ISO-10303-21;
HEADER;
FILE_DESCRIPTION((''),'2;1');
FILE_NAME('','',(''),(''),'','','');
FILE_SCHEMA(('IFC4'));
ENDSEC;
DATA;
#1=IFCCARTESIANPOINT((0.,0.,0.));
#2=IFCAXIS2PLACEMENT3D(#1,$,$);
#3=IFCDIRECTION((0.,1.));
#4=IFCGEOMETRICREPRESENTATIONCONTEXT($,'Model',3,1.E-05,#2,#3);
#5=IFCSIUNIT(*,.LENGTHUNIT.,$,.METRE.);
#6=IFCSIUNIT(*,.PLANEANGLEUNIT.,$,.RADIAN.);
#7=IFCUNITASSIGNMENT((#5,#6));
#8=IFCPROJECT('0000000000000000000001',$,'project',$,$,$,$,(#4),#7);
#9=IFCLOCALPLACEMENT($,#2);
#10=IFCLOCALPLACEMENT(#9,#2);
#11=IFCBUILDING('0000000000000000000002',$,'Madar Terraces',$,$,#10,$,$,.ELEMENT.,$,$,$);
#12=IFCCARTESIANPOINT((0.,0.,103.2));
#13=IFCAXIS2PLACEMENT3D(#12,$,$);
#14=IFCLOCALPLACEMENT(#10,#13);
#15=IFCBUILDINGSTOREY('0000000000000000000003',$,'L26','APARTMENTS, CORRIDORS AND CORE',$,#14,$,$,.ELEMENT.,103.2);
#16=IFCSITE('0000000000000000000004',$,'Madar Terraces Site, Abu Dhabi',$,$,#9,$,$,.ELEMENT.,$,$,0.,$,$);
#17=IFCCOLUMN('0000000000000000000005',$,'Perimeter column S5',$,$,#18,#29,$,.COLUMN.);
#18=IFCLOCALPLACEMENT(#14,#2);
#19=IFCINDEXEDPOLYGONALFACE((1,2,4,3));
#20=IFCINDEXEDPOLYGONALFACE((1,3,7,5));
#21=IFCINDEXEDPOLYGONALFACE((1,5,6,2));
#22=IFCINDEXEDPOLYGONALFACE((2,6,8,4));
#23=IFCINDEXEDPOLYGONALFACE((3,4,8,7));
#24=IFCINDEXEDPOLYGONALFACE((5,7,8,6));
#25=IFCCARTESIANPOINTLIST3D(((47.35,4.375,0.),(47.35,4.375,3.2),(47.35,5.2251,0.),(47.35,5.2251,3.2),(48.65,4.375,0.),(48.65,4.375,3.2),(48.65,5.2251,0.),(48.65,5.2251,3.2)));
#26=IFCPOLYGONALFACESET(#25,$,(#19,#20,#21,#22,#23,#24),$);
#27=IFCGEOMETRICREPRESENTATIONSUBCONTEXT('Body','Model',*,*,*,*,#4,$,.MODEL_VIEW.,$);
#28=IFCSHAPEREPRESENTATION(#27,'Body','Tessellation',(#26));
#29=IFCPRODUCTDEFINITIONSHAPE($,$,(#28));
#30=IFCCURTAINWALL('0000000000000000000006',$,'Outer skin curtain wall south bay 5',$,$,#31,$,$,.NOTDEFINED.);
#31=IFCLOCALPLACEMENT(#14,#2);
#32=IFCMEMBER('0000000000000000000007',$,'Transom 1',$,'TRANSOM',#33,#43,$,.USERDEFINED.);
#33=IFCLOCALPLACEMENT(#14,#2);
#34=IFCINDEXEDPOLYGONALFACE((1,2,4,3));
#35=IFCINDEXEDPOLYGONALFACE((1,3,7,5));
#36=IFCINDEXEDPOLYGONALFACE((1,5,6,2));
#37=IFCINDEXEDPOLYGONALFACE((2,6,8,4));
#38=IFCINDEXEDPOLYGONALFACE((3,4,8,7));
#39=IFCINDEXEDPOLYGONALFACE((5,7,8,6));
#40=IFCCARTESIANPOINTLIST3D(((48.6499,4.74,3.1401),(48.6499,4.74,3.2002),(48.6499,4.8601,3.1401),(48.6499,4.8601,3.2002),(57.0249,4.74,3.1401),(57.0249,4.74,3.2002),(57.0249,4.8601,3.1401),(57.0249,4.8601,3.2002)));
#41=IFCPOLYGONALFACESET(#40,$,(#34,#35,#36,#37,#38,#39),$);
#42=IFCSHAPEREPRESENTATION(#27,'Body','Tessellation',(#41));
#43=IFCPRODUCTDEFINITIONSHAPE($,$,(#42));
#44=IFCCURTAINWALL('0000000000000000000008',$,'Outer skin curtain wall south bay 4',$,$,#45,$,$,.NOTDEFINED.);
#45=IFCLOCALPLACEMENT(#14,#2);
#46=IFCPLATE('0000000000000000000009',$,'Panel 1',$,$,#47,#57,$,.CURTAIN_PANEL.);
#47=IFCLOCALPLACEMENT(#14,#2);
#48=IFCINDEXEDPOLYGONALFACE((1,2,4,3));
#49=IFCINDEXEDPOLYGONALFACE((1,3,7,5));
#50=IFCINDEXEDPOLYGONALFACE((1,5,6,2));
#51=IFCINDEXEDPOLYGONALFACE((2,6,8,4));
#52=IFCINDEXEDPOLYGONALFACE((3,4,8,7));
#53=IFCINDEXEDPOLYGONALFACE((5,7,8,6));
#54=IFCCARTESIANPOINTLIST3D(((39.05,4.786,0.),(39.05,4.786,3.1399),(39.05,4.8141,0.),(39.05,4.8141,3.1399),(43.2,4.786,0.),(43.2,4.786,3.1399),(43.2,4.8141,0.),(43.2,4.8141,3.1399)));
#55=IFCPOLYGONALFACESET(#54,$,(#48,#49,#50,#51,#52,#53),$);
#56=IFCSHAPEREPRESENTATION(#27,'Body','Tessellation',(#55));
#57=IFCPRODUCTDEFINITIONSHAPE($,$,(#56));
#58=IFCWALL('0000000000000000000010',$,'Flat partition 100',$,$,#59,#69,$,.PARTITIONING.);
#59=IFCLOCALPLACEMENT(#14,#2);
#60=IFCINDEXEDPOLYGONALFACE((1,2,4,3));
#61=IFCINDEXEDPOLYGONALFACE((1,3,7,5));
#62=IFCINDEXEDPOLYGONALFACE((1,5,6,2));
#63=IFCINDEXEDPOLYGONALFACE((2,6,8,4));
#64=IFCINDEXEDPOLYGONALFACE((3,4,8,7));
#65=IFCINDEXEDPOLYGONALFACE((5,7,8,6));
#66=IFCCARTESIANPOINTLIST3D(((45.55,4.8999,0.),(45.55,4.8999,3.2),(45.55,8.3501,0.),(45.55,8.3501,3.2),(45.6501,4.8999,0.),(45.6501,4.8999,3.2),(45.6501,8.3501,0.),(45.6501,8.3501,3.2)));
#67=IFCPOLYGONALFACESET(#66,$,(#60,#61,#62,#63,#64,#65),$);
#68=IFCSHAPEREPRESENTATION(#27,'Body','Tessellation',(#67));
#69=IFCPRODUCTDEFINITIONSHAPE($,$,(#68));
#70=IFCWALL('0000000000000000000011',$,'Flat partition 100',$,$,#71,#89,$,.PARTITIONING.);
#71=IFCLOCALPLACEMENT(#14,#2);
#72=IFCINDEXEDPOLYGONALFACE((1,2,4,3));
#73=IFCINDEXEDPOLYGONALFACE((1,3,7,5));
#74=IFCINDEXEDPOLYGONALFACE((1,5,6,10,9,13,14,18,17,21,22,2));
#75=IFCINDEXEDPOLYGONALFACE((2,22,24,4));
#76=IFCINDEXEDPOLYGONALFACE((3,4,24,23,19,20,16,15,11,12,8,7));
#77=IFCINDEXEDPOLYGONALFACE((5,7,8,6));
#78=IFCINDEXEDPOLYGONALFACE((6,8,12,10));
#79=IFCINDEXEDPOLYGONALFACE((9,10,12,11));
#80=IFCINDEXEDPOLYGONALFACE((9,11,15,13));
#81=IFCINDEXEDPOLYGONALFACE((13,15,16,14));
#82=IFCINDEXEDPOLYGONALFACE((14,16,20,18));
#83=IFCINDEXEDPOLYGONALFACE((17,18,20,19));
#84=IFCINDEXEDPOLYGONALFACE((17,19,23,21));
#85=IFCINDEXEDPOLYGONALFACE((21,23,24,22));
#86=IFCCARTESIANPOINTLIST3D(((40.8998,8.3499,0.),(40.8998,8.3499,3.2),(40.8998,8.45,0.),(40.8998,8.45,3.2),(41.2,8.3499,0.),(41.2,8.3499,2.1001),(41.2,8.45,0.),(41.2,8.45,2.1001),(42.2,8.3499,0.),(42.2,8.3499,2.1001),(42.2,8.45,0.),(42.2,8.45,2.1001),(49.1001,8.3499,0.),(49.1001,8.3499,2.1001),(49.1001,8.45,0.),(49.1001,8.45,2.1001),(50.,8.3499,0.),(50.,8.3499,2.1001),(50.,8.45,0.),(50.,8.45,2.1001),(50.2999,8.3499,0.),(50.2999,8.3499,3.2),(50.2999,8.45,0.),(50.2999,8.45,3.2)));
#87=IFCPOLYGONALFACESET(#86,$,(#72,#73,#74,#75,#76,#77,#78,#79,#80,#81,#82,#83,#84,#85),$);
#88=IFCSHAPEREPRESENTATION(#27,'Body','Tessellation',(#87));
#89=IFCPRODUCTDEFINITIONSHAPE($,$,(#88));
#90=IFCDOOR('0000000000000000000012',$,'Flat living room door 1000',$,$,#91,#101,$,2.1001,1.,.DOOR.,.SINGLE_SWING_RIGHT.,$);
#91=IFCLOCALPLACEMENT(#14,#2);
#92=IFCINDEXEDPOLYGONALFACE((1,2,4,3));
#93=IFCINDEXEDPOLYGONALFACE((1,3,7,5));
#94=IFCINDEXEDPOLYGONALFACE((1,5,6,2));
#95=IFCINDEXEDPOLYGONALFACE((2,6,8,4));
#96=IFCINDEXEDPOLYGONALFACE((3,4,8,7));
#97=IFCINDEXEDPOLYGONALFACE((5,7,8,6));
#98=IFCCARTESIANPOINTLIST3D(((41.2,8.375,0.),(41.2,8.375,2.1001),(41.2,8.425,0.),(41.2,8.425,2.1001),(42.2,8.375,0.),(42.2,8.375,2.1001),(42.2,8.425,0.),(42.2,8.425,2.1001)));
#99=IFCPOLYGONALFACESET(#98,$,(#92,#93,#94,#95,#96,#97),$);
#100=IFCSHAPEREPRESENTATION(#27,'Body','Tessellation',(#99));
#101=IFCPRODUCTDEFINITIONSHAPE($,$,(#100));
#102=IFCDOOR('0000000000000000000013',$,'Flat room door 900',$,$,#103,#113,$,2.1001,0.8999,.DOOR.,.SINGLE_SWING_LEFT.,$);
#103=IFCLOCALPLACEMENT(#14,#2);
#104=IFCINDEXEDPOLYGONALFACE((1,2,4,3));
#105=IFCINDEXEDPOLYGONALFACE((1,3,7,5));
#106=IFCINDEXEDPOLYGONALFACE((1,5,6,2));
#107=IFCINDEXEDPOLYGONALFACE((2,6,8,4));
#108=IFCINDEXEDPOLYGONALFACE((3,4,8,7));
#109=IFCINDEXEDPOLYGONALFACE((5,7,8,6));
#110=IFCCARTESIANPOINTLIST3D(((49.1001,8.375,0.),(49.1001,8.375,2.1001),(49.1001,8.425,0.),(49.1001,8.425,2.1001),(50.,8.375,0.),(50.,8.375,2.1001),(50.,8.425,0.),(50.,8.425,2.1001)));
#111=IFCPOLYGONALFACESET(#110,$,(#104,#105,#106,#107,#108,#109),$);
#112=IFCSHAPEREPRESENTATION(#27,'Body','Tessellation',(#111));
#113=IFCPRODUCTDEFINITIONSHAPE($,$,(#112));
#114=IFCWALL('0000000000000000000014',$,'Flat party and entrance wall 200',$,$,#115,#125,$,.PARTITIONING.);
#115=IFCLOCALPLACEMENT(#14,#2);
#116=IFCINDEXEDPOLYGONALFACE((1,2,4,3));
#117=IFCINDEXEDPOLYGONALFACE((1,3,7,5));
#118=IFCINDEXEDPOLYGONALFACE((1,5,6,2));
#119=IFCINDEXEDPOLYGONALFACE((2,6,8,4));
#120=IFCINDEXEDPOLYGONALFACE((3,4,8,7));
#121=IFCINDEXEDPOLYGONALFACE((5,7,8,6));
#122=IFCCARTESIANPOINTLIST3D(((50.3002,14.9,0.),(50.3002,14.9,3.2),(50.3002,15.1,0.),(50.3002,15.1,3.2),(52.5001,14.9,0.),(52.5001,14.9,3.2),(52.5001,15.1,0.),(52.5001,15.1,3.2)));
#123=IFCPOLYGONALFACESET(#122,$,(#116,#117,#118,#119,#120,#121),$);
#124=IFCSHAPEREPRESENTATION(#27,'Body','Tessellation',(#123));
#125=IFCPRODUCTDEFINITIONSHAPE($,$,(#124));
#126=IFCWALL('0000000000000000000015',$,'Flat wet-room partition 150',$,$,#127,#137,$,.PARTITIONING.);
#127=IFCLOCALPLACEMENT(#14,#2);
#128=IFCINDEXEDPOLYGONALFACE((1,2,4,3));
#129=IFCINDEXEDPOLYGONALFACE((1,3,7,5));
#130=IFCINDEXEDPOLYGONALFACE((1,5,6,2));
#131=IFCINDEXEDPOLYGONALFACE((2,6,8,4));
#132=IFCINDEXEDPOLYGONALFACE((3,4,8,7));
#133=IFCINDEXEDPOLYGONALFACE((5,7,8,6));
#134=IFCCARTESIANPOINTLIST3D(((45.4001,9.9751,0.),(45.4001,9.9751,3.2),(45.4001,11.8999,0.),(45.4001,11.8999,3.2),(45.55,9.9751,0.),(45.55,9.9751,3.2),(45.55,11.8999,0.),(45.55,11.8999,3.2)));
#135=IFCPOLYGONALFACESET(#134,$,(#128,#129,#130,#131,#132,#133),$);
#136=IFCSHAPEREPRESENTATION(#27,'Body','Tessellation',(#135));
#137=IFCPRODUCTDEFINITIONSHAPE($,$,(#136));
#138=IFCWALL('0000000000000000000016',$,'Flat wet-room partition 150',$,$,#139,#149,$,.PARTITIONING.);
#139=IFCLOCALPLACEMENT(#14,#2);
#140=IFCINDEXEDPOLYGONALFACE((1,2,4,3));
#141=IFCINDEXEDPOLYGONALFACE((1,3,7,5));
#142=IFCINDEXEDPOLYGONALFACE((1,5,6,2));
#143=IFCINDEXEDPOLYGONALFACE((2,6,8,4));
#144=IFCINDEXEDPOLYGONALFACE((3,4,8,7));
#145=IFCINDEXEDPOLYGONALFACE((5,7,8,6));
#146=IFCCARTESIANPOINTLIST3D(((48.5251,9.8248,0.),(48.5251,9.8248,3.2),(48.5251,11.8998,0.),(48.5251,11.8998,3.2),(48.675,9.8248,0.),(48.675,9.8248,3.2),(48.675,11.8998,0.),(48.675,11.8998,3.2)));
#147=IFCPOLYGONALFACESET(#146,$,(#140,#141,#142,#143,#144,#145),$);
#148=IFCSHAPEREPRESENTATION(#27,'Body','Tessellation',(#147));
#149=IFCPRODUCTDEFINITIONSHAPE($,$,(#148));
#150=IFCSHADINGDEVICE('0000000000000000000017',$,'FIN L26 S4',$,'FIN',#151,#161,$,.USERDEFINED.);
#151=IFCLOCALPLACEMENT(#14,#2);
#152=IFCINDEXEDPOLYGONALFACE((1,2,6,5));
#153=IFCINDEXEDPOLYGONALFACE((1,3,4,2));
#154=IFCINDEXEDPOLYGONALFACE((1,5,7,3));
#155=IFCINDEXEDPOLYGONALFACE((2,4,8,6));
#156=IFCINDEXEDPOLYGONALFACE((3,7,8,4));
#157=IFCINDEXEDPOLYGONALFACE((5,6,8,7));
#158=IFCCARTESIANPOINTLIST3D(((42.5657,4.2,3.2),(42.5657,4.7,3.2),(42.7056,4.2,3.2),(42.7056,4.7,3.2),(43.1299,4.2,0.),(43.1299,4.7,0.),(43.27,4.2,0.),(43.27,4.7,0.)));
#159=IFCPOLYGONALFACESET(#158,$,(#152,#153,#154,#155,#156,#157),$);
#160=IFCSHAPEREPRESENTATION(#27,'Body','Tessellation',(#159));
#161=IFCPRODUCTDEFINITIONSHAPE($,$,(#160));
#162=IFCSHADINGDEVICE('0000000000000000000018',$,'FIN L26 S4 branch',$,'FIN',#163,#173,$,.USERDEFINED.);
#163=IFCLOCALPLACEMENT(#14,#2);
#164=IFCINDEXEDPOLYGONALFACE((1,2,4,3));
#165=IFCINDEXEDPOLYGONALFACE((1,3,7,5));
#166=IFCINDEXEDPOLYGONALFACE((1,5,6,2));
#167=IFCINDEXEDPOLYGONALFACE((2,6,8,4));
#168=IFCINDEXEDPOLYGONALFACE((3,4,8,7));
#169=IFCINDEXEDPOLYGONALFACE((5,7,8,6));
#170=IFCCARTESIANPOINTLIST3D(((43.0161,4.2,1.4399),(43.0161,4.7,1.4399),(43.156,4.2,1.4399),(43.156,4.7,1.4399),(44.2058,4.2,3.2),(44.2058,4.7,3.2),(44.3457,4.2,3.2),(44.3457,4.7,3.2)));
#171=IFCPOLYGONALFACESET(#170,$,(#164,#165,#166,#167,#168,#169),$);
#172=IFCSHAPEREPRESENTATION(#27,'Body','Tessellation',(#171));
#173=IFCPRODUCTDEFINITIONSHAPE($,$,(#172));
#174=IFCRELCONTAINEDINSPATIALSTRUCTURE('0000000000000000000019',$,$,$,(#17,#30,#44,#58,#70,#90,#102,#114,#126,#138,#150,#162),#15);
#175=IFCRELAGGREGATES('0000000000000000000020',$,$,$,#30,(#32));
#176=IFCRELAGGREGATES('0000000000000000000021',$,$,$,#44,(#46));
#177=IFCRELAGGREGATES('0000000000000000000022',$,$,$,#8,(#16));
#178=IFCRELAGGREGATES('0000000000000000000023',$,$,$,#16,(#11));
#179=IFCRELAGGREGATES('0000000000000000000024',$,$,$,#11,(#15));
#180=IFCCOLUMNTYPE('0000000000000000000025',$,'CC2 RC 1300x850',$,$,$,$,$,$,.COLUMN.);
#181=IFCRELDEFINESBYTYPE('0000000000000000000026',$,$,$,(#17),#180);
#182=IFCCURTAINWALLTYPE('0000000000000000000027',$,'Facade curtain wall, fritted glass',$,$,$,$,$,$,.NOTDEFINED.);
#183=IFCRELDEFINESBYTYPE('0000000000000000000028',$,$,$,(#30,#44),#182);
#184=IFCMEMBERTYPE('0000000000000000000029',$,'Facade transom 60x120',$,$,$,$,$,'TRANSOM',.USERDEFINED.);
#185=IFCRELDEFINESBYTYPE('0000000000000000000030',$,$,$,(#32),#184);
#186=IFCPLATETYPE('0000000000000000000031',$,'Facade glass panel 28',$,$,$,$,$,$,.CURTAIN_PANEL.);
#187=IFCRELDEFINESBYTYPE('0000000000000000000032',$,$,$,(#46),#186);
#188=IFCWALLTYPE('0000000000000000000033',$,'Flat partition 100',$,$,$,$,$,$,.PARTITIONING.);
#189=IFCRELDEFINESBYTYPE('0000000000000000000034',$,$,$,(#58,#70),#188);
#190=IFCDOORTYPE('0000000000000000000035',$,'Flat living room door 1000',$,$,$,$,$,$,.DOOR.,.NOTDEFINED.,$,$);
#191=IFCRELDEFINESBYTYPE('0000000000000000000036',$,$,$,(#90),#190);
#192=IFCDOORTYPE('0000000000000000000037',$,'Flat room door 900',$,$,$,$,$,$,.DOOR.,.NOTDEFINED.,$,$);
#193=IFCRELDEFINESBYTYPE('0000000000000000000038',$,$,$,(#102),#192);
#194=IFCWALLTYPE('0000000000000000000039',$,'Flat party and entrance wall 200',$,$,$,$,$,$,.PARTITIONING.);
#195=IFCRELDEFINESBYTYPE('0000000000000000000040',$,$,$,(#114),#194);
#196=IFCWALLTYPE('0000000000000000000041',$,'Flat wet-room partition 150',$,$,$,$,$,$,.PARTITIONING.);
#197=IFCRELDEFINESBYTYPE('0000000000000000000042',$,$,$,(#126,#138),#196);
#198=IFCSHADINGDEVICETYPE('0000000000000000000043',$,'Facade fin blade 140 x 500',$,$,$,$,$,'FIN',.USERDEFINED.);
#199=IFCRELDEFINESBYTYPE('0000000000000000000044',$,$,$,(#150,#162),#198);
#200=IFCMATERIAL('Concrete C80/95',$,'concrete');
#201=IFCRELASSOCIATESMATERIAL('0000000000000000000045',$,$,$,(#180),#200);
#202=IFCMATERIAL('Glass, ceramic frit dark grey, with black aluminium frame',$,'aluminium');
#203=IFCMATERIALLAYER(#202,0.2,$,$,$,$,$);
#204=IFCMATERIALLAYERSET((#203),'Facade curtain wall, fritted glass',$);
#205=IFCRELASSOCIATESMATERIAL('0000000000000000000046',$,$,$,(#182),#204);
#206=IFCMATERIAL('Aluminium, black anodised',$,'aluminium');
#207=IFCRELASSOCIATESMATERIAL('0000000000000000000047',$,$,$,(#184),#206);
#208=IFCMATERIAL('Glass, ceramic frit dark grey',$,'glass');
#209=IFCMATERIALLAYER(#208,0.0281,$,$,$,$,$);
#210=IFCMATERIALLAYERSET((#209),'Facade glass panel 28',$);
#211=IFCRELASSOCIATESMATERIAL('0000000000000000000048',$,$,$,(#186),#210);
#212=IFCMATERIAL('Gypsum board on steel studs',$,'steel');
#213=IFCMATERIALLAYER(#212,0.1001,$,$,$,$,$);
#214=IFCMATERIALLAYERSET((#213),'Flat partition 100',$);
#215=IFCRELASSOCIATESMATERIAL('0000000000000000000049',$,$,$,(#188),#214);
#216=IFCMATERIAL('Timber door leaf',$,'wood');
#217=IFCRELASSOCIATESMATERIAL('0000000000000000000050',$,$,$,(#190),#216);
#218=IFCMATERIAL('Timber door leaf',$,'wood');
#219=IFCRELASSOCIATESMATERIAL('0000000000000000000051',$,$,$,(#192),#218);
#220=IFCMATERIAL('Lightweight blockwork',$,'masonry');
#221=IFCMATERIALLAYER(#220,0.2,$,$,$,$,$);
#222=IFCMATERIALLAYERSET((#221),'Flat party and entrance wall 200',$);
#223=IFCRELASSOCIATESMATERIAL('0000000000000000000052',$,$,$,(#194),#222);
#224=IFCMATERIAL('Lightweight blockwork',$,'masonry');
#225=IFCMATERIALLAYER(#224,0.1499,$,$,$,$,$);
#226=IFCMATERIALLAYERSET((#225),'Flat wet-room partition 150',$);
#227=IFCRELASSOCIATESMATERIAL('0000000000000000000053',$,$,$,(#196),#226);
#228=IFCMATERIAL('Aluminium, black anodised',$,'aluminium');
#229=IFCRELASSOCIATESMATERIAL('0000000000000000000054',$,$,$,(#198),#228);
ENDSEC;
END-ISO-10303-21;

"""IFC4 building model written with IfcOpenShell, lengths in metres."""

from ifc_helpers import new_model, si_unit, direction, frame, frame_2d, origin, origin_2d, place, context, subcontext, project, spatial, polyline, rectangle, outline, extrude, material, layer, layer_set, material_profile, profile_set, type_object, element, fill, aggregate, save


model = new_model("IFC4")

# Units and contexts
model_context = context("Model", 3, precision=1e-05, world=origin(), true_north=direction((0.0, 1.0)))
body_context = subcontext(model_context, "Body", "Model", "MODEL_VIEW")
ifc_project = project(units=[si_unit("LENGTHUNIT", "METRE"), si_unit("PLANEANGLEUNIT", "RADIAN")], contexts=[model_context])

# Site, building, storey
site_placement = place(None, origin())
site = spatial("IfcSite", under=ifc_project, at=site_placement, Name="Madar Terraces Site, Abu Dhabi", CompositionType="ELEMENT", RefElevation=0.0)
building_placement = place(site_placement, origin())
building = spatial("IfcBuilding", under=site, at=building_placement, Name="Madar Terraces", CompositionType="ELEMENT")
storey_placement = place(building_placement, frame((0.0, 0.0, 103.2)))
storey = spatial("IfcBuildingStorey", under=building, at=storey_placement, Name="L26", Description="APARTMENTS, CORRIDORS AND CORE", CompositionType="ELEMENT", Elevation=103.2)

# Column
ifc_material_1 = material(Name="Concrete C80/95", Category="concrete")
ifc_material_profile_1 = material_profile(ifc_material_1, rectangle(XDim=1.3, YDim=0.8501, at=origin_2d()), Name="CC2 RC 1300x850")
ifc_profile_set_1 = profile_set([ifc_material_profile_1], Name="Concrete C80/95")
column_type = type_object("IfcColumnType", Name="CC2 RC 1300x850", PredefinedType="COLUMN", material=ifc_profile_set_1)
column_placement = place(storey_placement, frame((48.0, 4.8, 0.0), z_axis=(0.0, 0.0, 1.0), x_axis=(1.0, 0.0, 0.0)))
element("IfcColumn", 1, at=column_placement, inside=storey, type_object=column_type, Name="Perimeter column S5", PredefinedType="COLUMN", context=body_context, shape_type="SweptSolid", body=[
    extrude(rectangle(XDim=1.3, YDim=0.8501, at=origin_2d()), origin(), (0.0, 0.0, 1.0), 3.2),
])

# Curtain wall, member
ifc_material_2 = material(Name="Glass, ceramic frit dark grey, with black aluminium frame", Category="aluminium")
ifc_layer_1 = layer(ifc_material_2, 0.2)
ifc_layer_set_1 = layer_set([ifc_layer_1], Name="Facade curtain wall, fritted glass")
curtain_wall_type = type_object("IfcCurtainWallType", Name="Facade curtain wall, fritted glass", PredefinedType="NOTDEFINED", material=ifc_layer_set_1)
curtain_wall_1_placement = place(storey_placement, origin())
curtain_wall_1 = element("IfcCurtainWall", 2, at=curtain_wall_1_placement, inside=storey, type_object=curtain_wall_type, Name="Outer skin curtain wall south bay 5", PredefinedType="NOTDEFINED")
ifc_material_3 = material(Name="Aluminium, black anodised", Category="aluminium")
ifc_material_profile_2 = material_profile(ifc_material_3, rectangle(XDim=0.1201, YDim=0.0601, at=origin_2d()), Name="Facade transom 60x120")
ifc_profile_set_2 = profile_set([ifc_material_profile_2], Name="Aluminium, black anodised")
member_type = type_object("IfcMemberType", Name="Facade transom 60x120", ElementType="TRANSOM", PredefinedType="USERDEFINED", material=ifc_profile_set_2)
member_placement = place(storey_placement, frame((48.6499, 4.8, 3.1702), z_axis=(1.0, 0.0, 0.0), x_axis=(0.0, 1.0, 0.0)))
member = element("IfcMember", 3, at=member_placement, type_object=member_type, Name="Transom 1", ObjectType="TRANSOM", PredefinedType="USERDEFINED", context=body_context, shape_type="SweptSolid", body=[
    extrude(rectangle(XDim=0.1201, YDim=0.0601, at=origin_2d()), origin(), (0.0, 0.0, 1.0), 8.375),
])
aggregate(curtain_wall_1, [member])

# Curtain wall, plate
curtain_wall_2_placement = place(storey_placement, origin())
curtain_wall_2 = element("IfcCurtainWall", 4, at=curtain_wall_2_placement, inside=storey, type_object=curtain_wall_type, Name="Outer skin curtain wall south bay 4", PredefinedType="NOTDEFINED")
ifc_material_4 = material(Name="Glass, ceramic frit dark grey", Category="glass")
ifc_layer_2 = layer(ifc_material_4, 0.0281)
ifc_layer_set_2 = layer_set([ifc_layer_2], Name="Facade glass panel 28")
plate_type = type_object("IfcPlateType", Name="Facade glass panel 28", PredefinedType="CURTAIN_PANEL", material=ifc_layer_set_2)
plate_placement = place(storey_placement, frame((41.125, 4.8, 0.0), z_axis=(0.0, 0.0, 1.0), x_axis=(1.0, 0.0, 0.0)))
plate = element("IfcPlate", 5, at=plate_placement, type_object=plate_type, Name="Panel 1", PredefinedType="CURTAIN_PANEL", context=body_context, shape_type="SweptSolid", body=[
    extrude(rectangle(XDim=4.1499, YDim=0.0281, at=origin_2d()), origin(), (0.0, 0.0, 1.0), 3.1399),
])
aggregate(curtain_wall_2, [plate])

# Wall
ifc_material_5 = material(Name="Gypsum board on steel studs", Category="steel")
ifc_layer_3 = layer(ifc_material_5, 0.1001)
ifc_layer_set_3 = layer_set([ifc_layer_3], Name="Flat partition 100")
wall_type_1 = type_object("IfcWallType", Name="Flat partition 100", PredefinedType="PARTITIONING", material=ifc_layer_set_3)
wall_1_placement = place(storey_placement, frame((45.6001, 8.3501, 0.0), z_axis=(0.0, 0.0, 1.0), x_axis=(0.0, -1.0, 0.0)))
element("IfcWall", 6, at=wall_1_placement, inside=storey, type_object=wall_type_1, Name="Flat partition 100", PredefinedType="PARTITIONING", context=body_context, shape_type="SweptSolid", body=[
    extrude(rectangle(XDim=3.4502, YDim=0.1001, at=frame_2d((1.7251, 0.0))), origin(), (0.0, 0.0, 1.0), 3.2),
])

# Wall, openings, doors
wall_2_placement = place(storey_placement, frame((50.3, 8.3999, 0.0), z_axis=(0.0, 0.0, 1.0), x_axis=(-1.0, 0.0, 0.0)))
wall_2 = element("IfcWall", 7, at=wall_2_placement, inside=storey, type_object=wall_type_1, Name="Flat partition 100", PredefinedType="PARTITIONING", context=body_context, shape_type="SweptSolid", body=[
    extrude(rectangle(XDim=9.4001, YDim=0.1001, at=frame_2d((4.7002, 0.0))), origin(), (0.0, 0.0, 1.0), 3.2),
])
opening_1_placement = place(wall_2_placement, frame((0.3, 0.0, 0.0)))
opening_1 = element("IfcOpeningElement", 8, at=opening_1_placement, cuts=wall_2, PredefinedType="OPENING", context=body_context, shape_type="SweptSolid", body=[
    extrude(rectangle(XDim=0.8999, YDim=2.1001, at=frame_2d((0.45, 1.05))), frame((0.0, 0.0601, 0.0), z_axis=(0.0, -1.0, 0.0), x_axis=(1.0, 0.0, 0.0)), (0.0, 0.0, 1.0), 0.1201),
])
opening_2_placement = place(wall_2_placement, frame((8.1001, 0.0, 0.0)))
opening_2 = element("IfcOpeningElement", 9, at=opening_2_placement, cuts=wall_2, PredefinedType="OPENING", context=body_context, shape_type="SweptSolid", body=[
    extrude(rectangle(XDim=1.0, YDim=2.1001, at=frame_2d((0.5, 1.05))), frame((0.0, 0.0601, 0.0), z_axis=(0.0, -1.0, 0.0), x_axis=(1.0, 0.0, 0.0)), (0.0, 0.0, 1.0), 0.1201),
])
ifc_material_6 = material(Name="Timber door leaf", Category="wood")
door_type_1 = type_object("IfcDoorType", Name="Flat living room door 1000", OperationType="NOTDEFINED", PredefinedType="DOOR", material=ifc_material_6)
door_1_placement = place(opening_2_placement, origin())
door_1 = element("IfcDoor", 10, at=door_1_placement, inside=storey, type_object=door_type_1, Name="Flat living room door 1000", OperationType="SINGLE_SWING_RIGHT", OverallHeight=2.1001, OverallWidth=1.0, PredefinedType="DOOR", context=body_context, shape_type="SweptSolid", body=[
    extrude(rectangle(XDim=1.0, YDim=2.1001, at=frame_2d((0.5, 1.05))), frame((0.0, 0.0249, 0.0), z_axis=(0.0, -1.0, 0.0), x_axis=(1.0, 0.0, 0.0)), (0.0, 0.0, 1.0), 0.05),
])
fill(opening_2, door_1)
ifc_material_7 = material(Name="Timber door leaf", Category="wood")
door_type_2 = type_object("IfcDoorType", Name="Flat room door 900", OperationType="NOTDEFINED", PredefinedType="DOOR", material=ifc_material_7)
door_2_placement = place(opening_1_placement, origin())
door_2 = element("IfcDoor", 11, at=door_2_placement, inside=storey, type_object=door_type_2, Name="Flat room door 900", OperationType="SINGLE_SWING_LEFT", OverallHeight=2.1001, OverallWidth=0.8999, PredefinedType="DOOR", context=body_context, shape_type="SweptSolid", body=[
    extrude(rectangle(XDim=0.8999, YDim=2.1001, at=frame_2d((0.45, 1.05))), frame((0.0, 0.0249, 0.0), z_axis=(0.0, -1.0, 0.0), x_axis=(1.0, 0.0, 0.0)), (0.0, 0.0, 1.0), 0.05),
])
fill(opening_1, door_2)

# Walls
ifc_material_8 = material(Name="Lightweight blockwork", Category="masonry")
ifc_layer_4 = layer(ifc_material_8, 0.2)
ifc_layer_set_4 = layer_set([ifc_layer_4], Name="Flat party and entrance wall 200")
wall_type_2 = type_object("IfcWallType", Name="Flat party and entrance wall 200", PredefinedType="PARTITIONING", material=ifc_layer_set_4)
wall_3_placement = place(storey_placement, frame((50.3, 15.0, 0.0), z_axis=(0.0, 0.0, 1.0), x_axis=(1.0, 0.0, 0.0)))
element("IfcWall", 12, at=wall_3_placement, inside=storey, type_object=wall_type_2, Name="Flat party and entrance wall 200", PredefinedType="PARTITIONING", context=body_context, shape_type="SweptSolid", body=[
    extrude(rectangle(XDim=2.2, YDim=0.2, at=frame_2d((1.1001, 0.0))), origin(), (0.0, 0.0, 1.0), 3.2),
])
ifc_material_9 = material(Name="Lightweight blockwork", Category="masonry")
ifc_layer_5 = layer(ifc_material_9, 0.1499)
ifc_layer_set_5 = layer_set([ifc_layer_5], Name="Flat wet-room partition 150")
wall_type_3 = type_object("IfcWallType", Name="Flat wet-room partition 150", PredefinedType="PARTITIONING", material=ifc_layer_set_5)
wall_4_placement = place(storey_placement, frame((45.4751, 11.8999, 0.0), z_axis=(0.0, 0.0, 1.0), x_axis=(0.0, -1.0, 0.0)))
element("IfcWall", 13, at=wall_4_placement, inside=storey, type_object=wall_type_3, Name="Flat wet-room partition 150", PredefinedType="PARTITIONING", context=body_context, shape_type="SweptSolid", body=[
    extrude(rectangle(XDim=1.9248, YDim=0.1499, at=frame_2d((0.9624, 0.0))), origin(), (0.0, 0.0, 1.0), 3.2),
])
wall_5_placement = place(storey_placement, frame((48.6001, 11.8999, 0.0), z_axis=(0.0, 0.0, 1.0), x_axis=(0.0, -1.0, 0.0)))
element("IfcWall", 14, at=wall_5_placement, inside=storey, type_object=wall_type_3, Name="Flat wet-room partition 150", PredefinedType="PARTITIONING", context=body_context, shape_type="SweptSolid", body=[
    extrude(rectangle(XDim=2.075, YDim=0.1499, at=frame_2d((1.0376, 0.0))), origin(), (0.0, 0.0, 1.0), 3.2),
])

# Shading devices
ifc_material_10 = material(Name="Aluminium, black anodised", Category="aluminium")
shading_device_type = type_object("IfcShadingDeviceType", Name="Facade fin blade 140 x 500", ElementType="FIN", PredefinedType="USERDEFINED", material=ifc_material_10)
shading_device_1_placement = place(storey_placement, frame((43.1299, 4.45, 0.0), z_axis=(0.0, 0.0, 1.0), x_axis=(1.0, 0.0, 0.0)))
element("IfcShadingDevice", 15, at=shading_device_1_placement, inside=storey, type_object=shading_device_type, Name="FIN L26 S4", ObjectType="FIN", PredefinedType="USERDEFINED", context=body_context, shape_type="SweptSolid", body=[
    extrude(outline(polyline([(0.0, 0.0), (0.1401, 0.0), (-0.4243, 3.2), (-0.5642, 3.2), (0.0, 0.0)])), frame((0.0, 0.25, 0.0), z_axis=(0.0, -1.0, 0.0), x_axis=(1.0, 0.0, 0.0)), (0.0, 0.0, 1.0), 0.5),
])
shading_device_2_placement = place(storey_placement, frame((43.0161, 4.45, 1.4399), z_axis=(0.0, 0.0, 1.0), x_axis=(1.0, 0.0, 0.0)))
element("IfcShadingDevice", 16, at=shading_device_2_placement, inside=storey, type_object=shading_device_type, Name="FIN L26 S4 branch", ObjectType="FIN", PredefinedType="USERDEFINED", context=body_context, shape_type="SweptSolid", body=[
    extrude(outline(polyline([(0.0, 0.0), (0.1399, 0.0), (1.3296, 1.76), (1.1897, 1.76), (0.0, 0.0)])), frame((0.0, 0.25, 0.0), z_axis=(0.0, -1.0, 0.0), x_axis=(1.0, 0.0, 0.0)), (0.0, 0.0, 1.0), 0.5),
])

save(model, "model.ifc")
